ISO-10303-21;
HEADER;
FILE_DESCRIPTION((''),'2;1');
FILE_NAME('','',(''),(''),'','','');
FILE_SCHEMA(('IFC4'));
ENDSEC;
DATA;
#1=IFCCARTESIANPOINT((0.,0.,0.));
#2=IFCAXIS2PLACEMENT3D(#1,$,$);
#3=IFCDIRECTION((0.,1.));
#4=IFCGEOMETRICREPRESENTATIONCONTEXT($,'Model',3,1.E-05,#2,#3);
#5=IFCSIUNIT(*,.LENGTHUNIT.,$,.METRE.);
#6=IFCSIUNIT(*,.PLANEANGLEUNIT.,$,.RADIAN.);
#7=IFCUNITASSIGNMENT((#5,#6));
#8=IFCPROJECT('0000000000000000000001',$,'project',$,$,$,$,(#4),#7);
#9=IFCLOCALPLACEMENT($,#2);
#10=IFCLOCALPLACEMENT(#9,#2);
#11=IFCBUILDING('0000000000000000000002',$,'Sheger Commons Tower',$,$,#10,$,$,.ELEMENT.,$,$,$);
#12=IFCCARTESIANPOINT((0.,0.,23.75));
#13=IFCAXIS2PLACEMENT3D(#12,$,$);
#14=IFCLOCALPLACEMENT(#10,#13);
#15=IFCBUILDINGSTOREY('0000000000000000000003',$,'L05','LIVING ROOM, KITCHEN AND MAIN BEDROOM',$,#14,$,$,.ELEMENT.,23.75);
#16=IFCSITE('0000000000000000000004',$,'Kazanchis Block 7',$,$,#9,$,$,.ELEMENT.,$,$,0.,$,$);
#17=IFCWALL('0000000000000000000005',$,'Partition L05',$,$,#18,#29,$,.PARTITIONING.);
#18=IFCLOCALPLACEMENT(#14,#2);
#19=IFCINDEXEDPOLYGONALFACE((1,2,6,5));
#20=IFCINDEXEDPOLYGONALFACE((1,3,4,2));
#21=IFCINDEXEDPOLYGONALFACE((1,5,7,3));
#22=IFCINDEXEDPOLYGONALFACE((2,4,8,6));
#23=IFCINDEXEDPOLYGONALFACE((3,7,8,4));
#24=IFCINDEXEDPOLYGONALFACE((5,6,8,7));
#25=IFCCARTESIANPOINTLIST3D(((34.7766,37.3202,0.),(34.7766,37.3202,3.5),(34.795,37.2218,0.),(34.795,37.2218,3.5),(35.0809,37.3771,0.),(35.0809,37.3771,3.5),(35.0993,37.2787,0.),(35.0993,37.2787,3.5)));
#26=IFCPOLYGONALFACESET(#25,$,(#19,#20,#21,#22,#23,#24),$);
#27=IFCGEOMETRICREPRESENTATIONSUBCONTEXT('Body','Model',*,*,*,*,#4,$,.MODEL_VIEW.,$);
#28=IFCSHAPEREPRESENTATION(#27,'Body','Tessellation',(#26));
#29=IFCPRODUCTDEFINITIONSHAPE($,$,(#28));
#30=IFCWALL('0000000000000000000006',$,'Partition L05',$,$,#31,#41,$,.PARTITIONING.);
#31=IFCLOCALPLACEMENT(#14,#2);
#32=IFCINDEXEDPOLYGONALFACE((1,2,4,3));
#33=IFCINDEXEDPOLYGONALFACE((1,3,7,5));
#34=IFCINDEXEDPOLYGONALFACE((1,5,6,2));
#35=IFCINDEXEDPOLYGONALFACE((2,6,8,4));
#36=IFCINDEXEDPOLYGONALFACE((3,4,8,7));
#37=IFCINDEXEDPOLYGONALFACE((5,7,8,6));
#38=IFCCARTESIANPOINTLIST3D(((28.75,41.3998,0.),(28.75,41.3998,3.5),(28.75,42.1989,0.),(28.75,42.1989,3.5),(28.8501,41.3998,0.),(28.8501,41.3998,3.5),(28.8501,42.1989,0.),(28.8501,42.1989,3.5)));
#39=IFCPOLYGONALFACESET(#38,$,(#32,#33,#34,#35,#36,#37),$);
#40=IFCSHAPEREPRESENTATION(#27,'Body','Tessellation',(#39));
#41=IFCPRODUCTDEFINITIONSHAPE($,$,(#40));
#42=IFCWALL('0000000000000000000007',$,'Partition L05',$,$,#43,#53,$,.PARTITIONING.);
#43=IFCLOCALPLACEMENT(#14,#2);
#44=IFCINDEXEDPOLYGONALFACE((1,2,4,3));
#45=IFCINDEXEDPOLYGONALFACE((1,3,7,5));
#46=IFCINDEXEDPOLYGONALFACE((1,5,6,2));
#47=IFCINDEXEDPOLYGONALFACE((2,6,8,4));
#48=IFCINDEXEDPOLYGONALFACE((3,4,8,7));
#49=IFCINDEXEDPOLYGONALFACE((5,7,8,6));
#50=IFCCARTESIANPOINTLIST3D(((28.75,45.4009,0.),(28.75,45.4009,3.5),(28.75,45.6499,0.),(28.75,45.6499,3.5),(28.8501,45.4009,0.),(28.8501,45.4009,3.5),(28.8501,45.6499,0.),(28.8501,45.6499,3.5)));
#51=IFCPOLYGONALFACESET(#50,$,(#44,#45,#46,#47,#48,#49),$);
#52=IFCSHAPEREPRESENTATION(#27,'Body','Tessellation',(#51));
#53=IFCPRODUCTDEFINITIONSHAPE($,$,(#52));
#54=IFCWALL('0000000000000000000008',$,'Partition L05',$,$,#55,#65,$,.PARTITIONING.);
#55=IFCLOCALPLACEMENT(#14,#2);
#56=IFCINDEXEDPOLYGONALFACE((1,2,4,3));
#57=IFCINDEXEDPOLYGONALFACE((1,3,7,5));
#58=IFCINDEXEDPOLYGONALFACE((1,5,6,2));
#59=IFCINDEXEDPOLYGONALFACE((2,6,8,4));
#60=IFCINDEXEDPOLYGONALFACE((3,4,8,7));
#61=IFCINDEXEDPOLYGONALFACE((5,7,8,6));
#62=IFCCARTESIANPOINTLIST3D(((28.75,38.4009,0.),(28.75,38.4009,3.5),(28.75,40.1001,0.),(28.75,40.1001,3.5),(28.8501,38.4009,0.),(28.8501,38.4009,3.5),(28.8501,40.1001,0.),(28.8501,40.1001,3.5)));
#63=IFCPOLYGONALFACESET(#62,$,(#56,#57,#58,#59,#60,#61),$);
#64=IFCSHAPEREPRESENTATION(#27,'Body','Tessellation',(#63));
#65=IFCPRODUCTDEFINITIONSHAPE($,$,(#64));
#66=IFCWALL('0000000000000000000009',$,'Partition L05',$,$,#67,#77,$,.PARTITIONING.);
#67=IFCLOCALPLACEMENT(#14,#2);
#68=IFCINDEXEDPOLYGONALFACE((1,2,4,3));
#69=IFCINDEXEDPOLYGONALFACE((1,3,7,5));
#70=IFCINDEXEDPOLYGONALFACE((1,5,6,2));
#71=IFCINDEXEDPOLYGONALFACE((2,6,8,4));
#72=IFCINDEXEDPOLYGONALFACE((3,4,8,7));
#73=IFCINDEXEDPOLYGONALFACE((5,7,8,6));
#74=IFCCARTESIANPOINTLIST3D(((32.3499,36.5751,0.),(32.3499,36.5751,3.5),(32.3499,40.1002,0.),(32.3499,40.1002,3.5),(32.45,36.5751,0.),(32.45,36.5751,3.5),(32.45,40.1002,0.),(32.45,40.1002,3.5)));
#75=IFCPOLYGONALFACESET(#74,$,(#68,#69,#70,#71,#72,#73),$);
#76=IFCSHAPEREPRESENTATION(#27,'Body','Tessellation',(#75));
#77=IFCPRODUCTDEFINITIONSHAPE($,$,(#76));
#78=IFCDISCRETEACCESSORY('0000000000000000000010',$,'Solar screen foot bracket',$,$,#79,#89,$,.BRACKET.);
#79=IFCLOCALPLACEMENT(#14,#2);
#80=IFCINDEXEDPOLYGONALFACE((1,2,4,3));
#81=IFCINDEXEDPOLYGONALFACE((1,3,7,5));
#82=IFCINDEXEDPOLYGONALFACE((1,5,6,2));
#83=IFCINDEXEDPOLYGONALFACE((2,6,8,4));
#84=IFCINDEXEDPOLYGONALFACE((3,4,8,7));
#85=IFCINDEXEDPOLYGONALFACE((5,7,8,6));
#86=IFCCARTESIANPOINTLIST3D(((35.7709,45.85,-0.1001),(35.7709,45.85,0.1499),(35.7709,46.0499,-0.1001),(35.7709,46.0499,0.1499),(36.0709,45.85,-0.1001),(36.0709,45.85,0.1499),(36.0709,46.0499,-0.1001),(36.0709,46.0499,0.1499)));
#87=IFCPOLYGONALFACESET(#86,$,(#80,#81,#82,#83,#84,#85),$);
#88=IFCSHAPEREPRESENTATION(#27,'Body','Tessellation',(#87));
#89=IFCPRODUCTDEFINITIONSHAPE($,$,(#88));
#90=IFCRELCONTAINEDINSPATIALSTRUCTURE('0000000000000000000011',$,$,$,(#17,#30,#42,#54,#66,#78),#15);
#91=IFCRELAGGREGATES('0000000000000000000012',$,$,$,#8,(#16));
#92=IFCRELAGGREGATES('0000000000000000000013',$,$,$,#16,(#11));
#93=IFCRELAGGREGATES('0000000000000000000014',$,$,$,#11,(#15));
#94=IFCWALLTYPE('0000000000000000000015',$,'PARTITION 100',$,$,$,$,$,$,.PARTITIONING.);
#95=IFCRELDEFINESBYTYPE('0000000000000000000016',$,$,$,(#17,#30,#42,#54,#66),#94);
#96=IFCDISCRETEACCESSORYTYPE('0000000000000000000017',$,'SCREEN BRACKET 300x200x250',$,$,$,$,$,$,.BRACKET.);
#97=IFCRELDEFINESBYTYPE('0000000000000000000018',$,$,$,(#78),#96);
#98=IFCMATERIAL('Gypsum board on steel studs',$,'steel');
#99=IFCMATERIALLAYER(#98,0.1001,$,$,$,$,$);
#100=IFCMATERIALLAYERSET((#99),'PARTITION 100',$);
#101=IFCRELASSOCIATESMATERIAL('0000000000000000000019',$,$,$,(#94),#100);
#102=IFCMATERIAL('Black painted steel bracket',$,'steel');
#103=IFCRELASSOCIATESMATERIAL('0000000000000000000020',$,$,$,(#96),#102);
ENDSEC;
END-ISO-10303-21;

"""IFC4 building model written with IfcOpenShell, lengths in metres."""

from ifc_helpers import new_model, si_unit, direction, frame, frame_2d, origin, origin_2d, place, context, subcontext, project, spatial, rectangle, extrude, material, layer, layer_set, type_object, element, save


model = new_model("IFC4")

# Units and contexts
model_context = context("Model", 3, precision=1e-05, world=origin(), true_north=direction((0.0, 1.0)))
body_context = subcontext(model_context, "Body", "Model", "MODEL_VIEW")
ifc_project = project(units=[si_unit("LENGTHUNIT", "METRE"), si_unit("PLANEANGLEUNIT", "RADIAN")], contexts=[model_context])

# Site, building, storey
site_placement = place(None, origin())
site = spatial("IfcSite", under=ifc_project, at=site_placement, Name="Kazanchis Block 7", CompositionType="ELEMENT", RefElevation=0.0)
building_placement = place(site_placement, origin())
building = spatial("IfcBuilding", under=site, at=building_placement, Name="Sheger Commons Tower", CompositionType="ELEMENT")
storey_placement = place(building_placement, frame((0.0, 0.0, 23.75)))
storey = spatial("IfcBuildingStorey", under=building, at=storey_placement, Name="L05", Description="LIVING ROOM, KITCHEN AND MAIN BEDROOM", CompositionType="ELEMENT", Elevation=23.75)

# Walls
ifc_material_1 = material(Name="Gypsum board on steel studs", Category="steel")
ifc_layer_1 = layer(ifc_material_1, 0.1001)
ifc_layer_set_1 = layer_set([ifc_layer_1], Name="PARTITION 100")
wall_type_1 = type_object("IfcWallType", Name="PARTITION 100", PredefinedType="PARTITIONING", material=ifc_layer_set_1)
wall_1_placement = place(storey_placement, frame((35.0901, 37.3279, 0.0), z_axis=(0.0, 0.0, 1.0), x_axis=(-0.982961, -0.183812, 0.0)))
element("IfcWall", 1, at=wall_1_placement, inside=storey, type_object=wall_type_1, Name="Partition L05", PredefinedType="PARTITIONING", context=body_context, shape_type="SweptSolid", body=[
    extrude(rectangle(XDim=0.3096, YDim=0.1001, at=frame_2d((0.1548, 0.0))), origin(), (0.0, 0.0, 1.0), 3.5),
])
wall_2_placement = place(storey_placement, frame((28.8, 41.3999, 0.0), z_axis=(0.0, 0.0, 1.0), x_axis=(0.0, 1.0, 0.0)))
element("IfcWall", 2, at=wall_2_placement, inside=storey, type_object=wall_type_1, Name="Partition L05", PredefinedType="PARTITIONING", context=body_context, shape_type="SweptSolid", body=[
    extrude(rectangle(XDim=0.7991, YDim=0.1001, at=frame_2d((0.3994, 0.0))), origin(), (0.0, 0.0, 1.0), 3.5),
])
wall_3_placement = place(storey_placement, frame((28.8, 45.4009, 0.0), z_axis=(0.0, 0.0, 1.0), x_axis=(0.0, 1.0, 0.0)))
element("IfcWall", 3, at=wall_3_placement, inside=storey, type_object=wall_type_1, Name="Partition L05", PredefinedType="PARTITIONING", context=body_context, shape_type="SweptSolid", body=[
    extrude(rectangle(XDim=0.249, YDim=0.1001, at=frame_2d((0.1245, 0.0))), origin(), (0.0, 0.0, 1.0), 3.5),
])
wall_4_placement = place(storey_placement, frame((28.8, 38.4009, 0.0), z_axis=(0.0, 0.0, 1.0), x_axis=(0.0, 1.0, 0.0)))
element("IfcWall", 4, at=wall_4_placement, inside=storey, type_object=wall_type_1, Name="Partition L05", PredefinedType="PARTITIONING", context=body_context, shape_type="SweptSolid", body=[
    extrude(rectangle(XDim=1.6992, YDim=0.1001, at=frame_2d((0.8496, 0.0))), origin(), (0.0, 0.0, 1.0), 3.5),
])
wall_5_placement = place(storey_placement, frame((32.3999, 36.575, 0.0), z_axis=(0.0, 0.0, 1.0), x_axis=(0.0, 1.0, 0.0)))
element("IfcWall", 5, at=wall_5_placement, inside=storey, type_object=wall_type_1, Name="Partition L05", PredefinedType="PARTITIONING", context=body_context, shape_type="SweptSolid", body=[
    extrude(rectangle(XDim=3.5251, YDim=0.1001, at=frame_2d((1.7627, 0.0))), origin(), (0.0, 0.0, 1.0), 3.5),
])

# Discrete accessory
ifc_material_2 = material(Name="Black painted steel bracket", Category="steel")
discrete_accessory_type = type_object("IfcDiscreteAccessoryType", Name="SCREEN BRACKET 300x200x250", PredefinedType="BRACKET", material=ifc_material_2)
discrete_accessory_placement = place(storey_placement, frame((35.9209, 45.95, -0.1001), z_axis=(0.0, 0.0, 1.0), x_axis=(-1.0, 0.0, 0.0)))
element("IfcDiscreteAccessory", 6, at=discrete_accessory_placement, inside=storey, type_object=discrete_accessory_type, Name="Solar screen foot bracket", PredefinedType="BRACKET", context=body_context, shape_type="SweptSolid", body=[
    extrude(rectangle(XDim=0.3, YDim=0.2, at=origin_2d()), origin(), (0.0, 0.0, 1.0), 0.25),
])

save(model, "model.ifc")
